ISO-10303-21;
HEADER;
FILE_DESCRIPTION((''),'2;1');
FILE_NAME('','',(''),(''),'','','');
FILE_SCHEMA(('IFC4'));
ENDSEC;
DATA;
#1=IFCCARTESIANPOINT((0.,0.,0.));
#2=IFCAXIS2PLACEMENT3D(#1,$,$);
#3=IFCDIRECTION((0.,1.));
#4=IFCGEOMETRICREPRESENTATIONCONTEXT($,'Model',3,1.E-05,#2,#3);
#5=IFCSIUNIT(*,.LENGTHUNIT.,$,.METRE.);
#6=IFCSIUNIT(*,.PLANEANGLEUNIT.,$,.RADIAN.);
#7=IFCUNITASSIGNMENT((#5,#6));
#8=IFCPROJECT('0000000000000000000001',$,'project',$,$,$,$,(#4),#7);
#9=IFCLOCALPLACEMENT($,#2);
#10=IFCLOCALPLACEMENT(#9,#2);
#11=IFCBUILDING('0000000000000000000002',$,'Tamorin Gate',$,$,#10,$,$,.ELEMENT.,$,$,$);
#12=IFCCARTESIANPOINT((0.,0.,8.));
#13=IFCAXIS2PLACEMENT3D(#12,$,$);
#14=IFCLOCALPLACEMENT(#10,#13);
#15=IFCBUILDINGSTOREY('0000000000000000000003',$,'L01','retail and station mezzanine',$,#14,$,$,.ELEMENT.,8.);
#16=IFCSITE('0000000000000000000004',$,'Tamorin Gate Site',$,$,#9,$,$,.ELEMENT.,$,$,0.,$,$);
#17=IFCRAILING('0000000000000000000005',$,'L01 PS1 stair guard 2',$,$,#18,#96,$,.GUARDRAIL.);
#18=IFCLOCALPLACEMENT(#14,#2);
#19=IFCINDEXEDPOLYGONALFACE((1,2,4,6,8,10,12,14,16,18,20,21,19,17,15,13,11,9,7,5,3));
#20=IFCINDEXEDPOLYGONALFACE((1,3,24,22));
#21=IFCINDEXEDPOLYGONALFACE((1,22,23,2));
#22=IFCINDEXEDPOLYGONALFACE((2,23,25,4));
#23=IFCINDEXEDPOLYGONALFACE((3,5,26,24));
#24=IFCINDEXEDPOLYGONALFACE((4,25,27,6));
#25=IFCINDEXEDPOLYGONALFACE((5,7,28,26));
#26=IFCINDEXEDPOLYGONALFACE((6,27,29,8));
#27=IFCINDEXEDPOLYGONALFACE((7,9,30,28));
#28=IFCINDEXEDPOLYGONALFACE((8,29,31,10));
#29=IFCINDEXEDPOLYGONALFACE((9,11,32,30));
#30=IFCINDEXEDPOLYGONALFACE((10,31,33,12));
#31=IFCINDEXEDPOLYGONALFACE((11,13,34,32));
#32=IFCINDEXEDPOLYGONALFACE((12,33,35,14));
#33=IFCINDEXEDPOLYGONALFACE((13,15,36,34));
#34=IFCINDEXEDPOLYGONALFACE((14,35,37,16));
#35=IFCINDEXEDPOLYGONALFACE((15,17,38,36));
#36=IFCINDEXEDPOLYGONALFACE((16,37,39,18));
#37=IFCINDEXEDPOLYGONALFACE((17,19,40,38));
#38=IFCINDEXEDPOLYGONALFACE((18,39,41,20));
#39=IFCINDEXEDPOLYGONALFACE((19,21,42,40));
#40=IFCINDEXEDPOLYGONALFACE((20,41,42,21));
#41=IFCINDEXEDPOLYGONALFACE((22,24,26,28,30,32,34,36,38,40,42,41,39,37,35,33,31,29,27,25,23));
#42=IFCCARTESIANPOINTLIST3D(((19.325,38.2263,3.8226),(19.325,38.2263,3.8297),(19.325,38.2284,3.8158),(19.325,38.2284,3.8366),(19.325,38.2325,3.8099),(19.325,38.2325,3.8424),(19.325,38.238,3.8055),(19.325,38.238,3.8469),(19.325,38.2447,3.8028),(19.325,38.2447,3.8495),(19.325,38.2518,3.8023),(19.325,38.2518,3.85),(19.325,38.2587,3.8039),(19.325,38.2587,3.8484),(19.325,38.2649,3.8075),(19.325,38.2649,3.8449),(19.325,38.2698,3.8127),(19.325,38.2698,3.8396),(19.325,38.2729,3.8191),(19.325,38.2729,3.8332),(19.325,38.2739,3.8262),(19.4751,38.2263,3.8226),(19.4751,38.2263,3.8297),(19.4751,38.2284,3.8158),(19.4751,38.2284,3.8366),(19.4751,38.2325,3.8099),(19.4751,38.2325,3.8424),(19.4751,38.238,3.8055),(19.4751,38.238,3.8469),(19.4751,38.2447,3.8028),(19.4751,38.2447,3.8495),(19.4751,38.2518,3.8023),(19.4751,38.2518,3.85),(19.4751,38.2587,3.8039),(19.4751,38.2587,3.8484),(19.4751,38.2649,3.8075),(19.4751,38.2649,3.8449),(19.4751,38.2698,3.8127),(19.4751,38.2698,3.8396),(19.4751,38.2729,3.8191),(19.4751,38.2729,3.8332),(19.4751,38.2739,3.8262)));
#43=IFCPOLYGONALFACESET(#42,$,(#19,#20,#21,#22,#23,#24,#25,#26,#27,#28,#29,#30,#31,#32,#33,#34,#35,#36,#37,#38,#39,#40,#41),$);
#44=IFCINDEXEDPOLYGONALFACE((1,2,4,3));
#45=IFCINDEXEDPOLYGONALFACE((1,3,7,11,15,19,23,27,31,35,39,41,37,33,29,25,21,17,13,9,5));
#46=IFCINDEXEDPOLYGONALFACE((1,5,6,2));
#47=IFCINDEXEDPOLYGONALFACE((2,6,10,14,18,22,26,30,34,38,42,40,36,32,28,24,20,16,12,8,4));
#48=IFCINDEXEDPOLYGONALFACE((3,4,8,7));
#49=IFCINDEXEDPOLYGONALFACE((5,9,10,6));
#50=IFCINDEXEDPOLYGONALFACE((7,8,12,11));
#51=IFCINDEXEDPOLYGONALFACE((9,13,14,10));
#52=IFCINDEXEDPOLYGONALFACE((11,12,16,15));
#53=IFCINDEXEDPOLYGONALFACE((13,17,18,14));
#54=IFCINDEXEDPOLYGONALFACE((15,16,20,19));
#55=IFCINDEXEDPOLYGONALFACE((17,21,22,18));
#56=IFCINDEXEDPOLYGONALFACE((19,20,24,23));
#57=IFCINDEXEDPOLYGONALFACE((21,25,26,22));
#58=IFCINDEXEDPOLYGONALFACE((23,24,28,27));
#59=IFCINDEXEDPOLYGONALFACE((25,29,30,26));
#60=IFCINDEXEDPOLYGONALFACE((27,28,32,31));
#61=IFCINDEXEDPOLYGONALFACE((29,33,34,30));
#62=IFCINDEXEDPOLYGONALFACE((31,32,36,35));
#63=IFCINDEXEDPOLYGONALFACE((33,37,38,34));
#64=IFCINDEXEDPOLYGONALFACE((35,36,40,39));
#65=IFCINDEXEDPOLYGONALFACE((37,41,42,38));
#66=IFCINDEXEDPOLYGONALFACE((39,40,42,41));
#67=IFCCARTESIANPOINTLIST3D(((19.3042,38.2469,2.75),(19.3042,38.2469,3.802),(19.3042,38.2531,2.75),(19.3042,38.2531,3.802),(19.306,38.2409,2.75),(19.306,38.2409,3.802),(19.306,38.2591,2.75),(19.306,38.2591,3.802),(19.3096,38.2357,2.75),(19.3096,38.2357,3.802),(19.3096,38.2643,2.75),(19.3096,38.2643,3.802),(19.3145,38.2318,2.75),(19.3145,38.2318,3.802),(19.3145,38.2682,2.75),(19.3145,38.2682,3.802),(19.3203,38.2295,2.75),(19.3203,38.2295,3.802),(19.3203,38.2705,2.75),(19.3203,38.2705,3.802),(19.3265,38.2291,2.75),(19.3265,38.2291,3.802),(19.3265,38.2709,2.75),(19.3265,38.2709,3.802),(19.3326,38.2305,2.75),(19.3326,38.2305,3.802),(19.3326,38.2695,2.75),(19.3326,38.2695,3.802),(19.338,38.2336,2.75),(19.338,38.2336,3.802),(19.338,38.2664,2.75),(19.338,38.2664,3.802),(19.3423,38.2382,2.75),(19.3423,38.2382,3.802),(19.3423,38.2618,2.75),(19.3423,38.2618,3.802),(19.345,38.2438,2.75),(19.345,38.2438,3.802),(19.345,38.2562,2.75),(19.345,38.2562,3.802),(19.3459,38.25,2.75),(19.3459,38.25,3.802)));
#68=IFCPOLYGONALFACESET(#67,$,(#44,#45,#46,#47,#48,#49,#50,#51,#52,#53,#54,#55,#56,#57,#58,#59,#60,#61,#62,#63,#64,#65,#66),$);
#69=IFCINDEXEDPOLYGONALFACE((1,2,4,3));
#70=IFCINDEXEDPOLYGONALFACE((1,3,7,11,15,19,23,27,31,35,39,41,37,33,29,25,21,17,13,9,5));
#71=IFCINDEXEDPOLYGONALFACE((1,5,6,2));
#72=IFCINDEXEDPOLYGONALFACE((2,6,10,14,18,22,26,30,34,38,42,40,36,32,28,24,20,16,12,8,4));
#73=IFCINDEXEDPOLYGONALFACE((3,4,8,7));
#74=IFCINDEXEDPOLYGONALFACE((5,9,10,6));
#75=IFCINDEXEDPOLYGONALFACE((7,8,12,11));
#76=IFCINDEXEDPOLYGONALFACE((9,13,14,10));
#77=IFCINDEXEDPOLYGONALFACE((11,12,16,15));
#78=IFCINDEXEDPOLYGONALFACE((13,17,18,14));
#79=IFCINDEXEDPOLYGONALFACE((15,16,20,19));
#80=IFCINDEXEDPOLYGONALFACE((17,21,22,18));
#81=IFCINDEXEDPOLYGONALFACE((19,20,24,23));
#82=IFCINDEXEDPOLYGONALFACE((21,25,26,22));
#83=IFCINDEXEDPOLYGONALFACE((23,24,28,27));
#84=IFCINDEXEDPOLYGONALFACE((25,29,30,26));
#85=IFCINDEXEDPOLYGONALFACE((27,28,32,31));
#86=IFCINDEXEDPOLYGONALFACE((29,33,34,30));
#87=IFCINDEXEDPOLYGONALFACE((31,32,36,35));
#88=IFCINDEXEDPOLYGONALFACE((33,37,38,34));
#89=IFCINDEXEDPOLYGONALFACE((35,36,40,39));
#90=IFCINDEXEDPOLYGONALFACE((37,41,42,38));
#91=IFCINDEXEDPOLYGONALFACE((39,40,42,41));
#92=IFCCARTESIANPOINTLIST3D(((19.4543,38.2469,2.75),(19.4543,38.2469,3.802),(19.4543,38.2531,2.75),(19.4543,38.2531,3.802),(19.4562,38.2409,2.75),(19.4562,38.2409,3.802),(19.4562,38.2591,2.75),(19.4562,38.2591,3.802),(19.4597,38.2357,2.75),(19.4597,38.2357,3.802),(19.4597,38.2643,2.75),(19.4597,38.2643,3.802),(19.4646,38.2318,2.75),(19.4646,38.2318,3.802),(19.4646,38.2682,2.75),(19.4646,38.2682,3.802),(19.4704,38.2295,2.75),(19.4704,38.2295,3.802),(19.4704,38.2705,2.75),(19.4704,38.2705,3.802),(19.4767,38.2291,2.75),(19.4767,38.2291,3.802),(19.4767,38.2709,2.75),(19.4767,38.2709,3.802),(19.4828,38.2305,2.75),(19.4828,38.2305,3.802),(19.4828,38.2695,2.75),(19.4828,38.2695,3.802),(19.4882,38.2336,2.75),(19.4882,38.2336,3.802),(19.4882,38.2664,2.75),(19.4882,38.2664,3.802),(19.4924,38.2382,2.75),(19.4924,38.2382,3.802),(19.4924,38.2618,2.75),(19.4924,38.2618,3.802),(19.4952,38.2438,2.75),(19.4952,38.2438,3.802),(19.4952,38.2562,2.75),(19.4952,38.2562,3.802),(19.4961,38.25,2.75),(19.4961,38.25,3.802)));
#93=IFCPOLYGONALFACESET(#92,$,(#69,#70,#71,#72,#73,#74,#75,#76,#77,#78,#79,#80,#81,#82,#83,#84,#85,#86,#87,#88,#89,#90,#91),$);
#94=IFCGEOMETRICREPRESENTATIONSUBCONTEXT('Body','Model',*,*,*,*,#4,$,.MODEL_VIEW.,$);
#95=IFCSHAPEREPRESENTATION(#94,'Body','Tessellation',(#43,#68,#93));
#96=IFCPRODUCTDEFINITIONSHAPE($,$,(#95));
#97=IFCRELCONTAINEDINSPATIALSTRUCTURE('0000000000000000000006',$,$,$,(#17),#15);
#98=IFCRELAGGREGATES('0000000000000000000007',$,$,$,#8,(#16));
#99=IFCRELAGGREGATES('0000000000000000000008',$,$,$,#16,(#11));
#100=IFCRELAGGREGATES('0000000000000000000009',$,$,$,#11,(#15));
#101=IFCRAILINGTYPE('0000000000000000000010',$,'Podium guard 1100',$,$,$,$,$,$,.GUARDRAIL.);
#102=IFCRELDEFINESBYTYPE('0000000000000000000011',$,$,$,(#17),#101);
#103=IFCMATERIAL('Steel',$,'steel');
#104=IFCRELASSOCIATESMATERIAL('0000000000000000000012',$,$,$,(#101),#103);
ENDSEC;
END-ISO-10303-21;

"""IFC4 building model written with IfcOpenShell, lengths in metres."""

from ifc_helpers import new_model, si_unit, direction, frame, origin, origin_2d, place, context, subcontext, project, spatial, circle, extrude, material, type_object, element, save


model = new_model("IFC4")

# Units and contexts
model_context = context("Model", 3, precision=1e-05, world=origin(), true_north=direction((0.0, 1.0)))
body_context = subcontext(model_context, "Body", "Model", "MODEL_VIEW")
ifc_project = project(units=[si_unit("LENGTHUNIT", "METRE"), si_unit("PLANEANGLEUNIT", "RADIAN")], contexts=[model_context])

# Site, building, storey
site_placement = place(None, origin())
site = spatial("IfcSite", under=ifc_project, at=site_placement, Name="Tamorin Gate Site", CompositionType="ELEMENT", RefElevation=0.0)
building_placement = place(site_placement, origin())
building = spatial("IfcBuilding", under=site, at=building_placement, Name="Tamorin Gate", CompositionType="ELEMENT")
storey_placement = place(building_placement, frame((0.0, 0.0, 8.0)))
storey = spatial("IfcBuildingStorey", under=building, at=storey_placement, Name="L01", Description="retail and station mezzanine", CompositionType="ELEMENT", Elevation=8.0)

# Railing
ifc_material_1 = material(Name="Steel", Category="steel")
railing_type = type_object("IfcRailingType", Name="Podium guard 1100", PredefinedType="GUARDRAIL", material=ifc_material_1)
railing_1_placement = place(storey_placement, frame((19.325, 38.25, 2.75)))
element("IfcRailing", 1, at=railing_1_placement, inside=storey, type_object=railing_type, Name="L01 PS1 stair guard 2", PredefinedType="GUARDRAIL", context=body_context, shape_type="SweptSolid", body=[
    extrude(circle(Radius=0.0239, at=origin_2d()), frame((0.0, 0.0, 1.0762), z_axis=(1.0, 0.0, 0.0), x_axis=(0.0, 1.0, 0.0)), (0.0, 0.0, 1.0), 0.1501),
    extrude(circle(Radius=0.021, at=origin_2d()), origin(), (0.0, 0.0, 1.0), 1.052),
    extrude(circle(Radius=0.021, at=origin_2d()), frame((0.1501, 0.0, 0.0)), (0.0, 0.0, 1.0), 1.052),
])

save(model, "model.ifc")
